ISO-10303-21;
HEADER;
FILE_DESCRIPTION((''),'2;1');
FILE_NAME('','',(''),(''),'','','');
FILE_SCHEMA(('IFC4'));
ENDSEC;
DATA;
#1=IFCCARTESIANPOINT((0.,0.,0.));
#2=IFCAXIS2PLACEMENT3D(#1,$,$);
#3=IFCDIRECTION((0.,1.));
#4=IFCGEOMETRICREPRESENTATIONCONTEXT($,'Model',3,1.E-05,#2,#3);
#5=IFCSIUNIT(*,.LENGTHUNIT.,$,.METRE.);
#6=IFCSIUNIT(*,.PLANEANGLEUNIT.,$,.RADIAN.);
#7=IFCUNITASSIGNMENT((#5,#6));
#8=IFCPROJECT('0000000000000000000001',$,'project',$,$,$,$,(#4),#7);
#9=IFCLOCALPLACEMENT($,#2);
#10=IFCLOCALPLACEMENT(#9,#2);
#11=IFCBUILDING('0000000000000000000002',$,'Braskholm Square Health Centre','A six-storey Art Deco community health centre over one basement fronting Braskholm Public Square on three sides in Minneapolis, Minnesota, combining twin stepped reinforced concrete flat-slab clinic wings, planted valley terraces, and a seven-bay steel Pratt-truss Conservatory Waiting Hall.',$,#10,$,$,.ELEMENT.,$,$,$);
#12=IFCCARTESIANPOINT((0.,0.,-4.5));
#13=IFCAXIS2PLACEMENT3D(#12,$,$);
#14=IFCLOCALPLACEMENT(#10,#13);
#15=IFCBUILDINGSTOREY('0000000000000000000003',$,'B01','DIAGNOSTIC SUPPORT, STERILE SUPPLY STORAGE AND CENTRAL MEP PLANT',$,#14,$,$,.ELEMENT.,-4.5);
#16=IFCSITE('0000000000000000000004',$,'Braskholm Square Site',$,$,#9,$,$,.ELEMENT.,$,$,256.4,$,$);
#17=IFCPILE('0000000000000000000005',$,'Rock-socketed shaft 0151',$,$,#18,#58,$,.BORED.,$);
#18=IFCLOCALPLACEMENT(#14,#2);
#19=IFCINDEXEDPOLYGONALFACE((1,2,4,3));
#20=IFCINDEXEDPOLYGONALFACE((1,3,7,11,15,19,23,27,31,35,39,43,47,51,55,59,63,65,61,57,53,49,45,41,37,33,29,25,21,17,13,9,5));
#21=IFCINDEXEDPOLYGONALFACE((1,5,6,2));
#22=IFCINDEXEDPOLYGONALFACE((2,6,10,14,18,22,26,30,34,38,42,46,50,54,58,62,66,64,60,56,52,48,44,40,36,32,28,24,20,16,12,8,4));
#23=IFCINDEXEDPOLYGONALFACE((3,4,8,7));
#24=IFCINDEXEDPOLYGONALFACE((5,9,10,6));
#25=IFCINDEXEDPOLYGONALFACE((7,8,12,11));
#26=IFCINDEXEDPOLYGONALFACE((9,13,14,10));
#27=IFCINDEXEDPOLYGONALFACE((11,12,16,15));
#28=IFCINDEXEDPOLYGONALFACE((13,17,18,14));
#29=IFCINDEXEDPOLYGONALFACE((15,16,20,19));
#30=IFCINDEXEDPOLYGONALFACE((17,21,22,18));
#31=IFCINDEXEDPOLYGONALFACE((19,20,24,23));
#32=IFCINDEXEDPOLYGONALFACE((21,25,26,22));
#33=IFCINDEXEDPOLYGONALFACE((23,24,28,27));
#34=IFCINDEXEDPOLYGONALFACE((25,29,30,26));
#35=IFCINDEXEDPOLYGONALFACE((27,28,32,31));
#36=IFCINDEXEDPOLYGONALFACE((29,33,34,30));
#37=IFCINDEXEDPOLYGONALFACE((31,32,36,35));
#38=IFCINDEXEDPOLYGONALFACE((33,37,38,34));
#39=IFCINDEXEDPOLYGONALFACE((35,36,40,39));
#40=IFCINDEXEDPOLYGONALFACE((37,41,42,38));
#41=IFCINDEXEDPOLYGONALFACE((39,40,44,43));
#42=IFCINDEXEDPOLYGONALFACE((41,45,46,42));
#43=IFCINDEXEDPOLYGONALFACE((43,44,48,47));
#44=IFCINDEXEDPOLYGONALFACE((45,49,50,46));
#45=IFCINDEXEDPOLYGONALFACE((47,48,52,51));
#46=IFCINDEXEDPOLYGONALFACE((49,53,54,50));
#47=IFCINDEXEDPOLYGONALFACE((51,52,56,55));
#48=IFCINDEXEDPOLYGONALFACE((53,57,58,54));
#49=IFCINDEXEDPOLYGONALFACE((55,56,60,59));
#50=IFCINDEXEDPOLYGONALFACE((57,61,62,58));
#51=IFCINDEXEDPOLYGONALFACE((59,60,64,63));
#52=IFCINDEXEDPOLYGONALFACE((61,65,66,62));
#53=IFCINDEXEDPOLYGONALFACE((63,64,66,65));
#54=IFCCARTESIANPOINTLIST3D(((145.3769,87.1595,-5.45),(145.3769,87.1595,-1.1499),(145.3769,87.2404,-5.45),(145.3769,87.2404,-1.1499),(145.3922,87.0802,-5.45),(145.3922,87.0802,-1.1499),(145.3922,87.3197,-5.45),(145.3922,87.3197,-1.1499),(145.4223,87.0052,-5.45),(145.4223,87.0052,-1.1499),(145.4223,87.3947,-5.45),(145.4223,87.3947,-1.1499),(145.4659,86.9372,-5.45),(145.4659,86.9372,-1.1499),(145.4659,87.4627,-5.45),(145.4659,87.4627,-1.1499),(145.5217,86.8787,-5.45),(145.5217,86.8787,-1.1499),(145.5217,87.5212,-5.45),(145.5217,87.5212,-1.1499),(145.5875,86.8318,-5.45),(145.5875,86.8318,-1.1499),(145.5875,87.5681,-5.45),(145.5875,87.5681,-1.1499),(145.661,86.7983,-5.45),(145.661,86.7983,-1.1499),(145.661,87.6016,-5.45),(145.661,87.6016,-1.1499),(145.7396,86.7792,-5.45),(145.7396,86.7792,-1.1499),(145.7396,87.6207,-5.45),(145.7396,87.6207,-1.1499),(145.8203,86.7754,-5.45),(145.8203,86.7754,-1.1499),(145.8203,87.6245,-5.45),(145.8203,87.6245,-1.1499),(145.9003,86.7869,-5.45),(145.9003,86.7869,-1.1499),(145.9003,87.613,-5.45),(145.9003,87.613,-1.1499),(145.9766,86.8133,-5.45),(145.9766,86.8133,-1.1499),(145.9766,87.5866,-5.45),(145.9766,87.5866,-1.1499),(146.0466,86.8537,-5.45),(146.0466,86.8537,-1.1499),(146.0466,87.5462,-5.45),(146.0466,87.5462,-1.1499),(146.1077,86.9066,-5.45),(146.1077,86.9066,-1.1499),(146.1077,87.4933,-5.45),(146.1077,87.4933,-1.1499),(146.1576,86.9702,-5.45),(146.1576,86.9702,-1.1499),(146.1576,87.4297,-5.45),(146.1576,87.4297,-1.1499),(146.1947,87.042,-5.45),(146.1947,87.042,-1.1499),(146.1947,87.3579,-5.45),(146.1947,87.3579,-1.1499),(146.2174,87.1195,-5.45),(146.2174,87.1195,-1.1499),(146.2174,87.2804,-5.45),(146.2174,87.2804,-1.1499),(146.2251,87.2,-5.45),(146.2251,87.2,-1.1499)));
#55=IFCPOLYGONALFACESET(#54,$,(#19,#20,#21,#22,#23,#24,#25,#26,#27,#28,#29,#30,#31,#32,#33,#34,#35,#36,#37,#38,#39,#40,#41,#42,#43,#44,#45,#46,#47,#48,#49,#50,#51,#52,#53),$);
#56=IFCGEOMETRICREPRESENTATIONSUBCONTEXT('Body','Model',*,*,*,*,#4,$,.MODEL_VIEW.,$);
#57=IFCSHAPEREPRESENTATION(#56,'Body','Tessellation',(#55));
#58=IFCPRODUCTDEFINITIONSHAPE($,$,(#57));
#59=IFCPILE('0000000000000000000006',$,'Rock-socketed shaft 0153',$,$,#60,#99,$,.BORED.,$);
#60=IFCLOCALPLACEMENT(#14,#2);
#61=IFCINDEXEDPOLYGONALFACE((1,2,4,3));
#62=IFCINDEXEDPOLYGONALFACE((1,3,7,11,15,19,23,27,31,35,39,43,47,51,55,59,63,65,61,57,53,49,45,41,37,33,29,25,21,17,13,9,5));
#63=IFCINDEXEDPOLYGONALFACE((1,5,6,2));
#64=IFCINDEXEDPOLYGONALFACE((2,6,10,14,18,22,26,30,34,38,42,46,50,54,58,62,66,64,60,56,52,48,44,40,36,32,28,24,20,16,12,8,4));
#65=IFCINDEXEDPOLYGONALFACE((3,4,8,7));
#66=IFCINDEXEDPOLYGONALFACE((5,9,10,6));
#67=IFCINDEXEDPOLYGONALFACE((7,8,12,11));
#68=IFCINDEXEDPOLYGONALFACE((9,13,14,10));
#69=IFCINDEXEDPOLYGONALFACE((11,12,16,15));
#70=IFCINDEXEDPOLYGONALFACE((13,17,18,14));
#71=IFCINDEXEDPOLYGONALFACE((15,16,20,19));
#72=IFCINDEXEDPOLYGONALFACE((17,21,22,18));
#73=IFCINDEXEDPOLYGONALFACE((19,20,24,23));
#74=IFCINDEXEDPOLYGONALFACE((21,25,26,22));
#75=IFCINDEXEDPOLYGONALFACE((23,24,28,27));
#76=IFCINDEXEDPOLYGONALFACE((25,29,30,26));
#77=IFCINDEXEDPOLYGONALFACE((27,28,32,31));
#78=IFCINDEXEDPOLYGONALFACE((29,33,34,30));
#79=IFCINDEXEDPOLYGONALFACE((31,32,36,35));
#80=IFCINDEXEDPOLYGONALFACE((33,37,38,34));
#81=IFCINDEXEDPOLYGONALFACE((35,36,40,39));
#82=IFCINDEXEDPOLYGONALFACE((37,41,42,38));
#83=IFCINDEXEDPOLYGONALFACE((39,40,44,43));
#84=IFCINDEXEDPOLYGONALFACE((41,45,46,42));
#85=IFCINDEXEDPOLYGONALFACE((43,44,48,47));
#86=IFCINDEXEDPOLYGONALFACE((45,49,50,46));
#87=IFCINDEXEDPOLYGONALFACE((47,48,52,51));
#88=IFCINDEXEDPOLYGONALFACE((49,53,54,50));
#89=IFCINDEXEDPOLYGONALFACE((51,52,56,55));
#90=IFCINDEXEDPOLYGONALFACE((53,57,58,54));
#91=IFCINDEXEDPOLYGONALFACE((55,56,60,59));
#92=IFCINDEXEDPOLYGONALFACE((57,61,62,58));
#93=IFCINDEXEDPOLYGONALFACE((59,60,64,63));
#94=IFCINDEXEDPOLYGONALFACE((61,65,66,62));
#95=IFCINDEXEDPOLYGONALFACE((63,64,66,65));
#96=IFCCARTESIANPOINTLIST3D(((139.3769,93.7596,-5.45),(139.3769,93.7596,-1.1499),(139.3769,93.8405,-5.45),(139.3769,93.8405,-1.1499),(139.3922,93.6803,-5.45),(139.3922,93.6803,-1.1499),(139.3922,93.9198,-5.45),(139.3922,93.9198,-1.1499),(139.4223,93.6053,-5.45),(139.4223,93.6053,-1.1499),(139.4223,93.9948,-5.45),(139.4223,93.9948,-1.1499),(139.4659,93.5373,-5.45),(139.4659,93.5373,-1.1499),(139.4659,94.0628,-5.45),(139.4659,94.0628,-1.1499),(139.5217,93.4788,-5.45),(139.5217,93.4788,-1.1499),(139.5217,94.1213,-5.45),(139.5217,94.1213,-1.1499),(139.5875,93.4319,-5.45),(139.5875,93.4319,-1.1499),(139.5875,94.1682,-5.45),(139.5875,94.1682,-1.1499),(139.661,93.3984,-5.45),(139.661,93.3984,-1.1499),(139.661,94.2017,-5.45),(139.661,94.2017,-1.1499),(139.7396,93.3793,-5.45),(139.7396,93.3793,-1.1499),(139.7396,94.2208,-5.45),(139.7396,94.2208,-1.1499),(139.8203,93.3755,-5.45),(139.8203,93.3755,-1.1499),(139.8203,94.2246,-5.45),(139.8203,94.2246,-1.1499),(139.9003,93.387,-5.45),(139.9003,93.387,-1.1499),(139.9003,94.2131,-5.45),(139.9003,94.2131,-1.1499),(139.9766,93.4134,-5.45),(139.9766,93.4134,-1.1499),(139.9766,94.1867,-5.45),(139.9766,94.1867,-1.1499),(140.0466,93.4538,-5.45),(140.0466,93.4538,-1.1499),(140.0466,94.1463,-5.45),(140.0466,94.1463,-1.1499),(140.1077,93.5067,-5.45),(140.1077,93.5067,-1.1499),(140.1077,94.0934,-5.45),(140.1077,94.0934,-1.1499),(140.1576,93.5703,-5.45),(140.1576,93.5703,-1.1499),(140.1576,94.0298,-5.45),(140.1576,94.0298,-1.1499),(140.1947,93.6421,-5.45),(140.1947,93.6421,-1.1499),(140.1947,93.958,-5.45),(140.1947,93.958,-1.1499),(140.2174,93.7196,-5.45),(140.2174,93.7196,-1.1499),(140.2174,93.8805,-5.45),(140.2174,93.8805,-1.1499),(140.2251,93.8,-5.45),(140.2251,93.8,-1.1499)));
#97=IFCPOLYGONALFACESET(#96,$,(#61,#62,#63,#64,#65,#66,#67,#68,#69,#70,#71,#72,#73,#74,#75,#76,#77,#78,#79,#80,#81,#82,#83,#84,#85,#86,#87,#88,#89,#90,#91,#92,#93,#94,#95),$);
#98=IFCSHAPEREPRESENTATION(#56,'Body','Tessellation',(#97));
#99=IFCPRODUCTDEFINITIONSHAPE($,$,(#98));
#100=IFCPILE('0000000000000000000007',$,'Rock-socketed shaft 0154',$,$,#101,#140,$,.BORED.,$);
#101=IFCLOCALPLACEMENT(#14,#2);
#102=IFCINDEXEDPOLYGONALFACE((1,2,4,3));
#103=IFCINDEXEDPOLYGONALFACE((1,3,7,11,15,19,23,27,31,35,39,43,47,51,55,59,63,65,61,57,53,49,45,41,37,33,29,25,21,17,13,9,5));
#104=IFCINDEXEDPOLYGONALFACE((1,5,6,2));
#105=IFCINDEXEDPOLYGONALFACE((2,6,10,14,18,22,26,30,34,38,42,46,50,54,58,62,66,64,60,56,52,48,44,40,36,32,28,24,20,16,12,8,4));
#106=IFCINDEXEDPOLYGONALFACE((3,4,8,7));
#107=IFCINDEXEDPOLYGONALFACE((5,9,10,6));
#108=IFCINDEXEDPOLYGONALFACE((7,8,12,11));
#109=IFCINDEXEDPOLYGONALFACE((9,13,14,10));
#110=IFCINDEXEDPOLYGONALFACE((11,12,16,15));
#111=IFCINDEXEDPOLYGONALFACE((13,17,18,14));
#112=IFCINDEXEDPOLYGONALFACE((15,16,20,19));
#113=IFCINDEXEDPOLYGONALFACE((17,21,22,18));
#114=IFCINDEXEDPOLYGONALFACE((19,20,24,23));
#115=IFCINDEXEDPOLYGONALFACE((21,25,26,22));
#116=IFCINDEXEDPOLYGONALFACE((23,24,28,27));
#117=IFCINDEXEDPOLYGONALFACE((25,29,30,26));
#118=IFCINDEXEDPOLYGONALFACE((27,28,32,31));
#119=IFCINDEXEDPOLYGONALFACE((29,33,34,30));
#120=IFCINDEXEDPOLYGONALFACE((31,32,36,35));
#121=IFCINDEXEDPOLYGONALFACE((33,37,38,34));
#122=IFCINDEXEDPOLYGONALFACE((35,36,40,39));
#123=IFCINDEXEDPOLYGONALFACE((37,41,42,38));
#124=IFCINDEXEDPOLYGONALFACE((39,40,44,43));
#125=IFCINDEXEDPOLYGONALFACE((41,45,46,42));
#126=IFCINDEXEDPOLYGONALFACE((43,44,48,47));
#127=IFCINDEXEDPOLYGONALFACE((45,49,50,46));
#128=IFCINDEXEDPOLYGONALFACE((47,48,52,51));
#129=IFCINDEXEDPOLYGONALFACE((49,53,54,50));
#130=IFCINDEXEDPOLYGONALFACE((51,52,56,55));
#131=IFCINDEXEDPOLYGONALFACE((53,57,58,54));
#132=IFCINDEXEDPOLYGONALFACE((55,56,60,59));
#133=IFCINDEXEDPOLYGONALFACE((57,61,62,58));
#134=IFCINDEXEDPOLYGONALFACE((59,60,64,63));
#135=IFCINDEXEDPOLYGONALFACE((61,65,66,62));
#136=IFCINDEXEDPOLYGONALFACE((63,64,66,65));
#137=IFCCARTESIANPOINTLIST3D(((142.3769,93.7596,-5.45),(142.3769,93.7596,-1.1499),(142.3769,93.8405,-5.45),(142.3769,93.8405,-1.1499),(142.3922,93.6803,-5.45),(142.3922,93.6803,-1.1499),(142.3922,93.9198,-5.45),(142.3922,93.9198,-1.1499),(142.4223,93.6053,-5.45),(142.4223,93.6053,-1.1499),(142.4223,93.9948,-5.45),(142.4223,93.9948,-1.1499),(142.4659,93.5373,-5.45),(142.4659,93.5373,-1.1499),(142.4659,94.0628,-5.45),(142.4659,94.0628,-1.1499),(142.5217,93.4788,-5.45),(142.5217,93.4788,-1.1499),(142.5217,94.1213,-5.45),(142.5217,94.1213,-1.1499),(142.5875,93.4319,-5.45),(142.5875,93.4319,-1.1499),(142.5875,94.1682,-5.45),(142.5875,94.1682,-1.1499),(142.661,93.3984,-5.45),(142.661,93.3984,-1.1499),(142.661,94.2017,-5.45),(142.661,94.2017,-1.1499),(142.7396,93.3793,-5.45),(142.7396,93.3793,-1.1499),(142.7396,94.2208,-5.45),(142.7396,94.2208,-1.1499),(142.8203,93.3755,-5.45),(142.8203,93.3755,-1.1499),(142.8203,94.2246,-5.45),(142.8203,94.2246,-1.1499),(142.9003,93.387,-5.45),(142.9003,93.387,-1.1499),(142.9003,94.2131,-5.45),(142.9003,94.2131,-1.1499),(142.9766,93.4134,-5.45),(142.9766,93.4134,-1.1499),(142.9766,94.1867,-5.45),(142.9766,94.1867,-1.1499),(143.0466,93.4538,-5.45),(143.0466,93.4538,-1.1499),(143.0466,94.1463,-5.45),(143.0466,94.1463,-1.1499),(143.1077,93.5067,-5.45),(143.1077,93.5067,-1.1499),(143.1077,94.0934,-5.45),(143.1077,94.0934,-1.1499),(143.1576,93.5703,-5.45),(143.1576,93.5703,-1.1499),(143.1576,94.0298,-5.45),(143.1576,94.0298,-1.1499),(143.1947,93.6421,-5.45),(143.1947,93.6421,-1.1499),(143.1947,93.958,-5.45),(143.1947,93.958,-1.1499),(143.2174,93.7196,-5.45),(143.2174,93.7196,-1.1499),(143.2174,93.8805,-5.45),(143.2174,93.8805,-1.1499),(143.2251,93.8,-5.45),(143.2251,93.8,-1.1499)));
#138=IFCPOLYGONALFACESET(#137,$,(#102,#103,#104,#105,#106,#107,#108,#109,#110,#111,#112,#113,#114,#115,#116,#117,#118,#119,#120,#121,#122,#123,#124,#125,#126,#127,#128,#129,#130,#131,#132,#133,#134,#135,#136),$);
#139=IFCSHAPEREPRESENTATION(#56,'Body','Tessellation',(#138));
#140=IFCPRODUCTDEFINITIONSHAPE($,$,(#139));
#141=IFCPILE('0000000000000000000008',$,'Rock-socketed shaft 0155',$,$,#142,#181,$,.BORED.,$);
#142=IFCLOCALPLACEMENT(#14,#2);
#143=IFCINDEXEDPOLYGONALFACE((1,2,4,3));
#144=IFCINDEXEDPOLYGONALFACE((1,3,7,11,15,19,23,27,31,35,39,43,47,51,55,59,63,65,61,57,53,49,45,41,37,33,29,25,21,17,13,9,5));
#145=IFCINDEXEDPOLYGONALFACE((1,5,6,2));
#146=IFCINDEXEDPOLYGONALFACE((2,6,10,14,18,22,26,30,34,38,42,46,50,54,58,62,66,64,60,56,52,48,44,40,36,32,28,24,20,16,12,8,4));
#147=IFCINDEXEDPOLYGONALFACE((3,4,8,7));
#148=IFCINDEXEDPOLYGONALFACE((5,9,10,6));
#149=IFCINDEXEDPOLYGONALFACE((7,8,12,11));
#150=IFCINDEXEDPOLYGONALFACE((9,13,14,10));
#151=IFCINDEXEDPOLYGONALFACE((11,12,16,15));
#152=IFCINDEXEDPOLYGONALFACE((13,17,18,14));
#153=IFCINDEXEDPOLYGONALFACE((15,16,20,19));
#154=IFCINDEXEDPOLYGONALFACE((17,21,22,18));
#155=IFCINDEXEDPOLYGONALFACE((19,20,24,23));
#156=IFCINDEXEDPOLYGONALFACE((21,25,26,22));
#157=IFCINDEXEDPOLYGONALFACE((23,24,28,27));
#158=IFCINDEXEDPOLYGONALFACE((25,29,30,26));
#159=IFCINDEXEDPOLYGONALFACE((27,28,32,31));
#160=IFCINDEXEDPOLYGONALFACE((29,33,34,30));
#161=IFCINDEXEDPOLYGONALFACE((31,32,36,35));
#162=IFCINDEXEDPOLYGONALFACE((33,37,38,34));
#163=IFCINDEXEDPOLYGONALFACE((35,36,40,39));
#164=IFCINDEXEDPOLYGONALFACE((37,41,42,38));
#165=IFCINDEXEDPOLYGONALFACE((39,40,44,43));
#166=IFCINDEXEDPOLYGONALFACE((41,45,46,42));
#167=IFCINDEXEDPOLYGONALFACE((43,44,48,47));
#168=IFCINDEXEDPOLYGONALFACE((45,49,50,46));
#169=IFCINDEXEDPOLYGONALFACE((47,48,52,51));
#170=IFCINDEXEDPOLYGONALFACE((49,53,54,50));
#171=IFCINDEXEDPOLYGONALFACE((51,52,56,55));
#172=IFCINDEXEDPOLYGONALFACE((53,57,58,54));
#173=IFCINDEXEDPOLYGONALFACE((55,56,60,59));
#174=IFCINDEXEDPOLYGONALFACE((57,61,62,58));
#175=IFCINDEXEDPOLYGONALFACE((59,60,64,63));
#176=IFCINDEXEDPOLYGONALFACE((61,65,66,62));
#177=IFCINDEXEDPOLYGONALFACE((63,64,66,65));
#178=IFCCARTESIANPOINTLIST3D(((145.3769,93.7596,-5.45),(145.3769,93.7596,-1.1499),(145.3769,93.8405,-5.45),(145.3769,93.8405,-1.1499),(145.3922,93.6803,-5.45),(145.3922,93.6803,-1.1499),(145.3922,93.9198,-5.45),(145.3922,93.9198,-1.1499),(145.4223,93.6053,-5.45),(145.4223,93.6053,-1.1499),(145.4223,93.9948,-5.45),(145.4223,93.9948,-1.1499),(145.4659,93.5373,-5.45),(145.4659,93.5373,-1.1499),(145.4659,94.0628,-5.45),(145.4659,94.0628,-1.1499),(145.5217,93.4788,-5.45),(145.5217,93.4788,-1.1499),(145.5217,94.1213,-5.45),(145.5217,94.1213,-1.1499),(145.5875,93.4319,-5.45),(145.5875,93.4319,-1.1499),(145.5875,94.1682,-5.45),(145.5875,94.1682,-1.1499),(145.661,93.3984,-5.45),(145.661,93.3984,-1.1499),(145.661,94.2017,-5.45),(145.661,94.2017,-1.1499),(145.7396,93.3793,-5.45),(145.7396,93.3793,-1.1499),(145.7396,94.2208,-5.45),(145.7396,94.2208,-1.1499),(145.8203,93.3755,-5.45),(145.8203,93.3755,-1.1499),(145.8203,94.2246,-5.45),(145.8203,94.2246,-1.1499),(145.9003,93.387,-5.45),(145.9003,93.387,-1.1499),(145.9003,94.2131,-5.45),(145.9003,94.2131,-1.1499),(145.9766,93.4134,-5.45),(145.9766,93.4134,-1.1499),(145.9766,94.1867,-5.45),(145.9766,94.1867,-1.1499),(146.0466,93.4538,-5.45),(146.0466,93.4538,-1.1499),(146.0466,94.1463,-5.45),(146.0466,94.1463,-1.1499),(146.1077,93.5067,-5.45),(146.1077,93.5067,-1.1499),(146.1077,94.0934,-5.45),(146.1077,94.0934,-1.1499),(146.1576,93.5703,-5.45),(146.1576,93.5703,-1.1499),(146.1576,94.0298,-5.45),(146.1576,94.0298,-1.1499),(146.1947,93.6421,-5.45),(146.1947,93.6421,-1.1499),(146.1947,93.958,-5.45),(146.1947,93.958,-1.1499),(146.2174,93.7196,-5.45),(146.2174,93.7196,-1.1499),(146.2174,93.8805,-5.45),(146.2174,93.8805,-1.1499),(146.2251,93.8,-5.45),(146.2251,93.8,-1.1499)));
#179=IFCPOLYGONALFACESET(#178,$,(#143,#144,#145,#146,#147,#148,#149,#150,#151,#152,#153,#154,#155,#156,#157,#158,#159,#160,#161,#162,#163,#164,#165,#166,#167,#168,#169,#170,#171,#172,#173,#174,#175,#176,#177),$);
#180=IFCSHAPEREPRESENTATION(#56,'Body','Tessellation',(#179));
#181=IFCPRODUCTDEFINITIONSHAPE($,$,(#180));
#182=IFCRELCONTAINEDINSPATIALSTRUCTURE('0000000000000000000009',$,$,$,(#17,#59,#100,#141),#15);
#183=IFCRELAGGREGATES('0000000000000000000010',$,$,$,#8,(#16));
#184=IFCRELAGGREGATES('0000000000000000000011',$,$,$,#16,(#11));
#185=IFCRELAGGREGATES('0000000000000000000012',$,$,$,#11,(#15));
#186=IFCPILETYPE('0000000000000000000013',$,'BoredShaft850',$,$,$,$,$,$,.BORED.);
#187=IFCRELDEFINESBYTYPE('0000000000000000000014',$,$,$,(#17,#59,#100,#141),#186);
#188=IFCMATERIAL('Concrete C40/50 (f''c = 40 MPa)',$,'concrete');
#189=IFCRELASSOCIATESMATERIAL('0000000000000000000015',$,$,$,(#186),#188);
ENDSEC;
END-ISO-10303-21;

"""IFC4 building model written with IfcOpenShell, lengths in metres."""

from ifc_helpers import new_model, si_unit, direction, frame, origin, origin_2d, place, context, subcontext, project, spatial, circle, extrude, material, material_profile, profile_set, type_object, element, save


model = new_model("IFC4")

# Units and contexts
model_context = context("Model", 3, precision=1e-05, world=origin(), true_north=direction((0.0, 1.0)))
body_context = subcontext(model_context, "Body", "Model", "MODEL_VIEW")
ifc_project = project(units=[si_unit("LENGTHUNIT", "METRE"), si_unit("PLANEANGLEUNIT", "RADIAN")], contexts=[model_context])

# Site, building, storey
site_placement = place(None, origin())
site = spatial("IfcSite", under=ifc_project, at=site_placement, Name="Braskholm Square Site", CompositionType="ELEMENT", RefElevation=256.4)
building_placement = place(site_placement, origin())
building = spatial("IfcBuilding", under=site, at=building_placement, Name="Braskholm Square Health Centre", Description="A six-storey Art Deco community health centre over one basement fronting Braskholm Public Square on three sides in Minneapolis, Minnesota, combining twin stepped reinforced concrete flat-slab clinic wings, planted valley terraces, and a seven-bay steel Pratt-truss Conservatory Waiting Hall.", CompositionType="ELEMENT")
storey_placement = place(building_placement, frame((0.0, 0.0, -4.5)))
storey = spatial("IfcBuildingStorey", under=building, at=storey_placement, Name="B01", Description="DIAGNOSTIC SUPPORT, STERILE SUPPLY STORAGE AND CENTRAL MEP PLANT", CompositionType="ELEMENT", Elevation=-4.5)

# Piles
ifc_material_1 = material(Name="Concrete C40/50 (f'c = 40 MPa)", Category="concrete")
ifc_material_profile_1 = material_profile(ifc_material_1, circle(Radius=0.425, at=origin_2d()), Name="BORED-PILE-850")
ifc_profile_set_1 = profile_set([ifc_material_profile_1], Name="Concrete C40/50 (f'c = 40 MPa)")
pile_type_1 = type_object("IfcPileType", Name="BoredShaft850", PredefinedType="BORED", material=ifc_profile_set_1)
for number, where, z_axis, x_axis, name in (
    (1, (145.8, 87.2, -1.1499), (0.0, 0.0, -1.0), (1.0, 0.0, 0.0), "Rock-socketed shaft 0151"),
    (2, (139.8, 93.8, -1.1499), (0.0, 0.0, -1.0), (1.0, 0.0, 0.0), "Rock-socketed shaft 0153"),
    (3, (142.8, 93.8, -1.1499), (0.0, 0.0, -1.0), (1.0, 0.0, 0.0), "Rock-socketed shaft 0154"),
    (4, (145.8, 93.8, -1.1499), (0.0, 0.0, -1.0), (1.0, 0.0, 0.0), "Rock-socketed shaft 0155"),
):
    element("IfcPile", number, at=place(storey_placement, frame(where, z_axis=z_axis, x_axis=x_axis)), inside=storey, type_object=pile_type_1, Name=name, PredefinedType="BORED", context=body_context, shape_type="SweptSolid", body=[
        extrude(circle(Radius=0.425, at=origin_2d()), origin(), (0.0, 0.0, 1.0), 4.3),
    ])

save(model, "model.ifc")
